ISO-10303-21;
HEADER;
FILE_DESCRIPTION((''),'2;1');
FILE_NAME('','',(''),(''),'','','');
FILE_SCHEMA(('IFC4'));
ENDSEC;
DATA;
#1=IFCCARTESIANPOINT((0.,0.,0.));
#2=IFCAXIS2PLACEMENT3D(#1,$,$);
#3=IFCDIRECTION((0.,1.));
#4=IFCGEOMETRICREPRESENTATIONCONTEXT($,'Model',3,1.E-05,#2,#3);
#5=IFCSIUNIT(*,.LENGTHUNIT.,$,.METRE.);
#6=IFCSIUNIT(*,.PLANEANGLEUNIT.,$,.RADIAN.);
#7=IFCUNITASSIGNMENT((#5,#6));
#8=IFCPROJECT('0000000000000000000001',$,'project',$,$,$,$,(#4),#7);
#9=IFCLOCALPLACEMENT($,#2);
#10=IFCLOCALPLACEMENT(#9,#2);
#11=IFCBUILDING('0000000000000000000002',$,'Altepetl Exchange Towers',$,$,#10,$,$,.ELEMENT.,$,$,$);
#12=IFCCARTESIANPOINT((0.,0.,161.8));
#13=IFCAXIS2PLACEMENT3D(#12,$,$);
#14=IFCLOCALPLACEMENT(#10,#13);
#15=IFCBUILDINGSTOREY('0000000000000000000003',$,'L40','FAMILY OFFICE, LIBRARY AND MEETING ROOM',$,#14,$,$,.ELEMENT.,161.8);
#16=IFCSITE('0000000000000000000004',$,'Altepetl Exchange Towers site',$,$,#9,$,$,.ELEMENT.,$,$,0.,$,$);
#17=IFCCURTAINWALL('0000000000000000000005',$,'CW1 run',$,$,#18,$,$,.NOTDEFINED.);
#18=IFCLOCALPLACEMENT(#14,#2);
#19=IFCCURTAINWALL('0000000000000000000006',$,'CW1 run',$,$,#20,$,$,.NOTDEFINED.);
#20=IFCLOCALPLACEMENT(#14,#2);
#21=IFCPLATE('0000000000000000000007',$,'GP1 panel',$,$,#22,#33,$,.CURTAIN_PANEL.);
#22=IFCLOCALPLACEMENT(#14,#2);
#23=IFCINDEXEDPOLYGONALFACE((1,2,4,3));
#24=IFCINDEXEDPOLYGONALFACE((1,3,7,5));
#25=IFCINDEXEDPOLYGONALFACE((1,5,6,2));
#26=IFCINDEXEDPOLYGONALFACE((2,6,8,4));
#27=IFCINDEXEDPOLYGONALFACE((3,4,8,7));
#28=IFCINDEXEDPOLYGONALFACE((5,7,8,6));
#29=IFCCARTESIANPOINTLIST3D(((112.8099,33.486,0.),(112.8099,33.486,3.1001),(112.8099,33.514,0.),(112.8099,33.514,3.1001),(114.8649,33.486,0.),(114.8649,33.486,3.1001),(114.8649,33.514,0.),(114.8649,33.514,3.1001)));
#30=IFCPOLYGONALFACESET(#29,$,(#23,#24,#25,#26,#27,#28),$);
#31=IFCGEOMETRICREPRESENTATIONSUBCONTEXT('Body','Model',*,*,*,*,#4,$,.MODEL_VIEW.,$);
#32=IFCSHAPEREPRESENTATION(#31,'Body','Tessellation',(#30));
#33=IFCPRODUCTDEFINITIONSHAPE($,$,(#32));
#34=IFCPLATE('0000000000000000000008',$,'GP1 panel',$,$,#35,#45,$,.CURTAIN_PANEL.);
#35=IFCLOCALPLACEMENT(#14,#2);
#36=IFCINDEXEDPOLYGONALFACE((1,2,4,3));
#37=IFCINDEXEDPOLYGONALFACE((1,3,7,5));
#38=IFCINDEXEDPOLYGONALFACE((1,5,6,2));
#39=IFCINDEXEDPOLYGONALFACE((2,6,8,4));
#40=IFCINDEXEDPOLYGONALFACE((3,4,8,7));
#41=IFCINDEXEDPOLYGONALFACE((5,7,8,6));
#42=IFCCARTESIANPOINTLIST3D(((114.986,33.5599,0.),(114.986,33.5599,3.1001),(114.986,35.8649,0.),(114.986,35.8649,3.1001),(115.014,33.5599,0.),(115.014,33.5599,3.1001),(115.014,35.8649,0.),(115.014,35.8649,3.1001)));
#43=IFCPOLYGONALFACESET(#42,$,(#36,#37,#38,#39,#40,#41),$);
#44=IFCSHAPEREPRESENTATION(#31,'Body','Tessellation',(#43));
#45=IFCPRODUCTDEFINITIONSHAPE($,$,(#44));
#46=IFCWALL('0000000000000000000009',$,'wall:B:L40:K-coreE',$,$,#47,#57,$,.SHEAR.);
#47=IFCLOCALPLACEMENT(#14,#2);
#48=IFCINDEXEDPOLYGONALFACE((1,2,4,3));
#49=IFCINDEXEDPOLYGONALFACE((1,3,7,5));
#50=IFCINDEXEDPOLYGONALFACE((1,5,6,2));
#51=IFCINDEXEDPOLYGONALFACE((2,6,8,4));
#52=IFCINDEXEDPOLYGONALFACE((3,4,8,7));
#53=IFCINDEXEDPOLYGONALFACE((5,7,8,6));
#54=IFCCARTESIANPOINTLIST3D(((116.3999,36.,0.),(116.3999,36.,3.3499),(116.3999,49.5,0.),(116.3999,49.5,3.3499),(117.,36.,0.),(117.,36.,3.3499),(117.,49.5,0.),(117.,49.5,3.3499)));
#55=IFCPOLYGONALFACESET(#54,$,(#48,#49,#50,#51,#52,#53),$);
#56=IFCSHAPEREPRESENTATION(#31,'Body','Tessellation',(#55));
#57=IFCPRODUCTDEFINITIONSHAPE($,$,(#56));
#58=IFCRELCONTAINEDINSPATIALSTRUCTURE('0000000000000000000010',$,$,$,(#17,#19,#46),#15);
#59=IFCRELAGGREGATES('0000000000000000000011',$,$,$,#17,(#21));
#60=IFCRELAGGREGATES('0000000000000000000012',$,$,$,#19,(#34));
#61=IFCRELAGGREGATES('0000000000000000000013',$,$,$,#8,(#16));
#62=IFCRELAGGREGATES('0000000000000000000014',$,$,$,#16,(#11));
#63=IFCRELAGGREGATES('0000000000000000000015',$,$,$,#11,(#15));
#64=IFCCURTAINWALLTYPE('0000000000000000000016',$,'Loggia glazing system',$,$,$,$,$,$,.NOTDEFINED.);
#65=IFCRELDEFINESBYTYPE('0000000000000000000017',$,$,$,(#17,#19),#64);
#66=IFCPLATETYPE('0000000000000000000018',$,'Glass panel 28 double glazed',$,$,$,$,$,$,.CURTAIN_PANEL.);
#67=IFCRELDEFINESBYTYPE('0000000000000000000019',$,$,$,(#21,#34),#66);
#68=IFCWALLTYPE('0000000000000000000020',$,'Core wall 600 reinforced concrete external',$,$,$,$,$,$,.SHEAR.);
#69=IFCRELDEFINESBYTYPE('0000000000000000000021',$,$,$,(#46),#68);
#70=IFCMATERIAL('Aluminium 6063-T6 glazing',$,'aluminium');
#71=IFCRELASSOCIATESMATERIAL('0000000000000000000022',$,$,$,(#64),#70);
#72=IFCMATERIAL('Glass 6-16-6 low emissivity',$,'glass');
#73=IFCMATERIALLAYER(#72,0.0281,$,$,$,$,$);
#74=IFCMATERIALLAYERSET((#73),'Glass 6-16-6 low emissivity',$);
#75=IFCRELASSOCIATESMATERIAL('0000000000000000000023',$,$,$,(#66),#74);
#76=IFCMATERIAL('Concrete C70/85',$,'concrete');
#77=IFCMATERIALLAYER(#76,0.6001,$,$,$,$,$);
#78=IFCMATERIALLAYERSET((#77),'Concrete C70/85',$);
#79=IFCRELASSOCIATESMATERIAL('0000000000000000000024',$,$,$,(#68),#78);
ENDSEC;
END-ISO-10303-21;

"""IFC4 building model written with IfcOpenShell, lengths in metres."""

from ifc_helpers import new_model, si_unit, direction, frame, frame_2d, origin, origin_2d, place, context, subcontext, project, spatial, rectangle, extrude, material, layer, layer_set, type_object, element, aggregate, save


model = new_model("IFC4")

# Units and contexts
model_context = context("Model", 3, precision=1e-05, world=origin(), true_north=direction((0.0, 1.0)))
body_context = subcontext(model_context, "Body", "Model", "MODEL_VIEW")
ifc_project = project(units=[si_unit("LENGTHUNIT", "METRE"), si_unit("PLANEANGLEUNIT", "RADIAN")], contexts=[model_context])

# Site, building, storey
site_placement = place(None, origin())
site = spatial("IfcSite", under=ifc_project, at=site_placement, Name="Altepetl Exchange Towers site", CompositionType="ELEMENT", RefElevation=0.0)
building_placement = place(site_placement, origin())
building = spatial("IfcBuilding", under=site, at=building_placement, Name="Altepetl Exchange Towers", CompositionType="ELEMENT")
storey_placement = place(building_placement, frame((0.0, 0.0, 161.8)))
storey = spatial("IfcBuildingStorey", under=building, at=storey_placement, Name="L40", Description="FAMILY OFFICE, LIBRARY AND MEETING ROOM", CompositionType="ELEMENT", Elevation=161.8)

# Shared definitions
ifc_material_1 = material(Name="Aluminium 6063-T6 glazing", Category="aluminium")
curtain_wall_type = type_object("IfcCurtainWallType", Name="Loggia glazing system", PredefinedType="NOTDEFINED", material=ifc_material_1)

# Curtain walls
curtain_wall_1_placement = place(storey_placement, origin())
curtain_wall_1 = element("IfcCurtainWall", 1, at=curtain_wall_1_placement, inside=storey, type_object=curtain_wall_type, Name="CW1 run", PredefinedType="NOTDEFINED")
curtain_wall_2_placement = place(storey_placement, origin())
curtain_wall_2 = element("IfcCurtainWall", 2, at=curtain_wall_2_placement, inside=storey, type_object=curtain_wall_type, Name="CW1 run", PredefinedType="NOTDEFINED")

# Plates
ifc_material_2 = material(Name="Glass 6-16-6 low emissivity", Category="glass")
ifc_layer_1 = layer(ifc_material_2, 0.0281)
ifc_layer_set_1 = layer_set([ifc_layer_1], Name="Glass 6-16-6 low emissivity")
plate_type = type_object("IfcPlateType", Name="Glass panel 28 double glazed", PredefinedType="CURTAIN_PANEL", material=ifc_layer_set_1)
plate_1_placement = place(storey_placement, frame((113.8374, 33.5, 0.0)))
plate_1 = element("IfcPlate", 3, at=plate_1_placement, type_object=plate_type, Name="GP1 panel", PredefinedType="CURTAIN_PANEL", context=body_context, shape_type="SweptSolid", body=[
    extrude(rectangle(XDim=2.0549, YDim=0.0281, at=origin_2d()), origin(), (0.0, 0.0, 1.0), 3.1001),
])
aggregate(curtain_wall_1, [plate_1])
plate_2_placement = place(storey_placement, frame((115.0, 34.7124, 0.0), z_axis=(0.0, 0.0, 1.0), x_axis=(0.0, 1.0, 0.0)))
plate_2 = element("IfcPlate", 4, at=plate_2_placement, type_object=plate_type, Name="GP1 panel", PredefinedType="CURTAIN_PANEL", context=body_context, shape_type="SweptSolid", body=[
    extrude(rectangle(XDim=2.3049, YDim=0.0281, at=origin_2d()), origin(), (0.0, 0.0, 1.0), 3.1001),
])
aggregate(curtain_wall_2, [plate_2])

# Wall
ifc_material_3 = material(Name="Concrete C70/85", Category="concrete")
ifc_layer_2 = layer(ifc_material_3, 0.6001)
ifc_layer_set_2 = layer_set([ifc_layer_2], Name="Concrete C70/85")
wall_type = type_object("IfcWallType", Name="Core wall 600 reinforced concrete external", PredefinedType="SHEAR", material=ifc_layer_set_2)
wall_placement = place(storey_placement, frame((116.7, 36.0, 0.0), z_axis=(0.0, 0.0, 1.0), x_axis=(0.0, 1.0, 0.0)))
element("IfcWall", 5, at=wall_placement, inside=storey, type_object=wall_type, Name="wall:B:L40:K-coreE", PredefinedType="SHEAR", context=body_context, shape_type="SweptSolid", body=[
    extrude(rectangle(XDim=13.5, YDim=0.6001, at=frame_2d((6.75, 0.0))), origin(), (0.0, 0.0, 1.0), 3.3499),
])

save(model, "model.ifc")
